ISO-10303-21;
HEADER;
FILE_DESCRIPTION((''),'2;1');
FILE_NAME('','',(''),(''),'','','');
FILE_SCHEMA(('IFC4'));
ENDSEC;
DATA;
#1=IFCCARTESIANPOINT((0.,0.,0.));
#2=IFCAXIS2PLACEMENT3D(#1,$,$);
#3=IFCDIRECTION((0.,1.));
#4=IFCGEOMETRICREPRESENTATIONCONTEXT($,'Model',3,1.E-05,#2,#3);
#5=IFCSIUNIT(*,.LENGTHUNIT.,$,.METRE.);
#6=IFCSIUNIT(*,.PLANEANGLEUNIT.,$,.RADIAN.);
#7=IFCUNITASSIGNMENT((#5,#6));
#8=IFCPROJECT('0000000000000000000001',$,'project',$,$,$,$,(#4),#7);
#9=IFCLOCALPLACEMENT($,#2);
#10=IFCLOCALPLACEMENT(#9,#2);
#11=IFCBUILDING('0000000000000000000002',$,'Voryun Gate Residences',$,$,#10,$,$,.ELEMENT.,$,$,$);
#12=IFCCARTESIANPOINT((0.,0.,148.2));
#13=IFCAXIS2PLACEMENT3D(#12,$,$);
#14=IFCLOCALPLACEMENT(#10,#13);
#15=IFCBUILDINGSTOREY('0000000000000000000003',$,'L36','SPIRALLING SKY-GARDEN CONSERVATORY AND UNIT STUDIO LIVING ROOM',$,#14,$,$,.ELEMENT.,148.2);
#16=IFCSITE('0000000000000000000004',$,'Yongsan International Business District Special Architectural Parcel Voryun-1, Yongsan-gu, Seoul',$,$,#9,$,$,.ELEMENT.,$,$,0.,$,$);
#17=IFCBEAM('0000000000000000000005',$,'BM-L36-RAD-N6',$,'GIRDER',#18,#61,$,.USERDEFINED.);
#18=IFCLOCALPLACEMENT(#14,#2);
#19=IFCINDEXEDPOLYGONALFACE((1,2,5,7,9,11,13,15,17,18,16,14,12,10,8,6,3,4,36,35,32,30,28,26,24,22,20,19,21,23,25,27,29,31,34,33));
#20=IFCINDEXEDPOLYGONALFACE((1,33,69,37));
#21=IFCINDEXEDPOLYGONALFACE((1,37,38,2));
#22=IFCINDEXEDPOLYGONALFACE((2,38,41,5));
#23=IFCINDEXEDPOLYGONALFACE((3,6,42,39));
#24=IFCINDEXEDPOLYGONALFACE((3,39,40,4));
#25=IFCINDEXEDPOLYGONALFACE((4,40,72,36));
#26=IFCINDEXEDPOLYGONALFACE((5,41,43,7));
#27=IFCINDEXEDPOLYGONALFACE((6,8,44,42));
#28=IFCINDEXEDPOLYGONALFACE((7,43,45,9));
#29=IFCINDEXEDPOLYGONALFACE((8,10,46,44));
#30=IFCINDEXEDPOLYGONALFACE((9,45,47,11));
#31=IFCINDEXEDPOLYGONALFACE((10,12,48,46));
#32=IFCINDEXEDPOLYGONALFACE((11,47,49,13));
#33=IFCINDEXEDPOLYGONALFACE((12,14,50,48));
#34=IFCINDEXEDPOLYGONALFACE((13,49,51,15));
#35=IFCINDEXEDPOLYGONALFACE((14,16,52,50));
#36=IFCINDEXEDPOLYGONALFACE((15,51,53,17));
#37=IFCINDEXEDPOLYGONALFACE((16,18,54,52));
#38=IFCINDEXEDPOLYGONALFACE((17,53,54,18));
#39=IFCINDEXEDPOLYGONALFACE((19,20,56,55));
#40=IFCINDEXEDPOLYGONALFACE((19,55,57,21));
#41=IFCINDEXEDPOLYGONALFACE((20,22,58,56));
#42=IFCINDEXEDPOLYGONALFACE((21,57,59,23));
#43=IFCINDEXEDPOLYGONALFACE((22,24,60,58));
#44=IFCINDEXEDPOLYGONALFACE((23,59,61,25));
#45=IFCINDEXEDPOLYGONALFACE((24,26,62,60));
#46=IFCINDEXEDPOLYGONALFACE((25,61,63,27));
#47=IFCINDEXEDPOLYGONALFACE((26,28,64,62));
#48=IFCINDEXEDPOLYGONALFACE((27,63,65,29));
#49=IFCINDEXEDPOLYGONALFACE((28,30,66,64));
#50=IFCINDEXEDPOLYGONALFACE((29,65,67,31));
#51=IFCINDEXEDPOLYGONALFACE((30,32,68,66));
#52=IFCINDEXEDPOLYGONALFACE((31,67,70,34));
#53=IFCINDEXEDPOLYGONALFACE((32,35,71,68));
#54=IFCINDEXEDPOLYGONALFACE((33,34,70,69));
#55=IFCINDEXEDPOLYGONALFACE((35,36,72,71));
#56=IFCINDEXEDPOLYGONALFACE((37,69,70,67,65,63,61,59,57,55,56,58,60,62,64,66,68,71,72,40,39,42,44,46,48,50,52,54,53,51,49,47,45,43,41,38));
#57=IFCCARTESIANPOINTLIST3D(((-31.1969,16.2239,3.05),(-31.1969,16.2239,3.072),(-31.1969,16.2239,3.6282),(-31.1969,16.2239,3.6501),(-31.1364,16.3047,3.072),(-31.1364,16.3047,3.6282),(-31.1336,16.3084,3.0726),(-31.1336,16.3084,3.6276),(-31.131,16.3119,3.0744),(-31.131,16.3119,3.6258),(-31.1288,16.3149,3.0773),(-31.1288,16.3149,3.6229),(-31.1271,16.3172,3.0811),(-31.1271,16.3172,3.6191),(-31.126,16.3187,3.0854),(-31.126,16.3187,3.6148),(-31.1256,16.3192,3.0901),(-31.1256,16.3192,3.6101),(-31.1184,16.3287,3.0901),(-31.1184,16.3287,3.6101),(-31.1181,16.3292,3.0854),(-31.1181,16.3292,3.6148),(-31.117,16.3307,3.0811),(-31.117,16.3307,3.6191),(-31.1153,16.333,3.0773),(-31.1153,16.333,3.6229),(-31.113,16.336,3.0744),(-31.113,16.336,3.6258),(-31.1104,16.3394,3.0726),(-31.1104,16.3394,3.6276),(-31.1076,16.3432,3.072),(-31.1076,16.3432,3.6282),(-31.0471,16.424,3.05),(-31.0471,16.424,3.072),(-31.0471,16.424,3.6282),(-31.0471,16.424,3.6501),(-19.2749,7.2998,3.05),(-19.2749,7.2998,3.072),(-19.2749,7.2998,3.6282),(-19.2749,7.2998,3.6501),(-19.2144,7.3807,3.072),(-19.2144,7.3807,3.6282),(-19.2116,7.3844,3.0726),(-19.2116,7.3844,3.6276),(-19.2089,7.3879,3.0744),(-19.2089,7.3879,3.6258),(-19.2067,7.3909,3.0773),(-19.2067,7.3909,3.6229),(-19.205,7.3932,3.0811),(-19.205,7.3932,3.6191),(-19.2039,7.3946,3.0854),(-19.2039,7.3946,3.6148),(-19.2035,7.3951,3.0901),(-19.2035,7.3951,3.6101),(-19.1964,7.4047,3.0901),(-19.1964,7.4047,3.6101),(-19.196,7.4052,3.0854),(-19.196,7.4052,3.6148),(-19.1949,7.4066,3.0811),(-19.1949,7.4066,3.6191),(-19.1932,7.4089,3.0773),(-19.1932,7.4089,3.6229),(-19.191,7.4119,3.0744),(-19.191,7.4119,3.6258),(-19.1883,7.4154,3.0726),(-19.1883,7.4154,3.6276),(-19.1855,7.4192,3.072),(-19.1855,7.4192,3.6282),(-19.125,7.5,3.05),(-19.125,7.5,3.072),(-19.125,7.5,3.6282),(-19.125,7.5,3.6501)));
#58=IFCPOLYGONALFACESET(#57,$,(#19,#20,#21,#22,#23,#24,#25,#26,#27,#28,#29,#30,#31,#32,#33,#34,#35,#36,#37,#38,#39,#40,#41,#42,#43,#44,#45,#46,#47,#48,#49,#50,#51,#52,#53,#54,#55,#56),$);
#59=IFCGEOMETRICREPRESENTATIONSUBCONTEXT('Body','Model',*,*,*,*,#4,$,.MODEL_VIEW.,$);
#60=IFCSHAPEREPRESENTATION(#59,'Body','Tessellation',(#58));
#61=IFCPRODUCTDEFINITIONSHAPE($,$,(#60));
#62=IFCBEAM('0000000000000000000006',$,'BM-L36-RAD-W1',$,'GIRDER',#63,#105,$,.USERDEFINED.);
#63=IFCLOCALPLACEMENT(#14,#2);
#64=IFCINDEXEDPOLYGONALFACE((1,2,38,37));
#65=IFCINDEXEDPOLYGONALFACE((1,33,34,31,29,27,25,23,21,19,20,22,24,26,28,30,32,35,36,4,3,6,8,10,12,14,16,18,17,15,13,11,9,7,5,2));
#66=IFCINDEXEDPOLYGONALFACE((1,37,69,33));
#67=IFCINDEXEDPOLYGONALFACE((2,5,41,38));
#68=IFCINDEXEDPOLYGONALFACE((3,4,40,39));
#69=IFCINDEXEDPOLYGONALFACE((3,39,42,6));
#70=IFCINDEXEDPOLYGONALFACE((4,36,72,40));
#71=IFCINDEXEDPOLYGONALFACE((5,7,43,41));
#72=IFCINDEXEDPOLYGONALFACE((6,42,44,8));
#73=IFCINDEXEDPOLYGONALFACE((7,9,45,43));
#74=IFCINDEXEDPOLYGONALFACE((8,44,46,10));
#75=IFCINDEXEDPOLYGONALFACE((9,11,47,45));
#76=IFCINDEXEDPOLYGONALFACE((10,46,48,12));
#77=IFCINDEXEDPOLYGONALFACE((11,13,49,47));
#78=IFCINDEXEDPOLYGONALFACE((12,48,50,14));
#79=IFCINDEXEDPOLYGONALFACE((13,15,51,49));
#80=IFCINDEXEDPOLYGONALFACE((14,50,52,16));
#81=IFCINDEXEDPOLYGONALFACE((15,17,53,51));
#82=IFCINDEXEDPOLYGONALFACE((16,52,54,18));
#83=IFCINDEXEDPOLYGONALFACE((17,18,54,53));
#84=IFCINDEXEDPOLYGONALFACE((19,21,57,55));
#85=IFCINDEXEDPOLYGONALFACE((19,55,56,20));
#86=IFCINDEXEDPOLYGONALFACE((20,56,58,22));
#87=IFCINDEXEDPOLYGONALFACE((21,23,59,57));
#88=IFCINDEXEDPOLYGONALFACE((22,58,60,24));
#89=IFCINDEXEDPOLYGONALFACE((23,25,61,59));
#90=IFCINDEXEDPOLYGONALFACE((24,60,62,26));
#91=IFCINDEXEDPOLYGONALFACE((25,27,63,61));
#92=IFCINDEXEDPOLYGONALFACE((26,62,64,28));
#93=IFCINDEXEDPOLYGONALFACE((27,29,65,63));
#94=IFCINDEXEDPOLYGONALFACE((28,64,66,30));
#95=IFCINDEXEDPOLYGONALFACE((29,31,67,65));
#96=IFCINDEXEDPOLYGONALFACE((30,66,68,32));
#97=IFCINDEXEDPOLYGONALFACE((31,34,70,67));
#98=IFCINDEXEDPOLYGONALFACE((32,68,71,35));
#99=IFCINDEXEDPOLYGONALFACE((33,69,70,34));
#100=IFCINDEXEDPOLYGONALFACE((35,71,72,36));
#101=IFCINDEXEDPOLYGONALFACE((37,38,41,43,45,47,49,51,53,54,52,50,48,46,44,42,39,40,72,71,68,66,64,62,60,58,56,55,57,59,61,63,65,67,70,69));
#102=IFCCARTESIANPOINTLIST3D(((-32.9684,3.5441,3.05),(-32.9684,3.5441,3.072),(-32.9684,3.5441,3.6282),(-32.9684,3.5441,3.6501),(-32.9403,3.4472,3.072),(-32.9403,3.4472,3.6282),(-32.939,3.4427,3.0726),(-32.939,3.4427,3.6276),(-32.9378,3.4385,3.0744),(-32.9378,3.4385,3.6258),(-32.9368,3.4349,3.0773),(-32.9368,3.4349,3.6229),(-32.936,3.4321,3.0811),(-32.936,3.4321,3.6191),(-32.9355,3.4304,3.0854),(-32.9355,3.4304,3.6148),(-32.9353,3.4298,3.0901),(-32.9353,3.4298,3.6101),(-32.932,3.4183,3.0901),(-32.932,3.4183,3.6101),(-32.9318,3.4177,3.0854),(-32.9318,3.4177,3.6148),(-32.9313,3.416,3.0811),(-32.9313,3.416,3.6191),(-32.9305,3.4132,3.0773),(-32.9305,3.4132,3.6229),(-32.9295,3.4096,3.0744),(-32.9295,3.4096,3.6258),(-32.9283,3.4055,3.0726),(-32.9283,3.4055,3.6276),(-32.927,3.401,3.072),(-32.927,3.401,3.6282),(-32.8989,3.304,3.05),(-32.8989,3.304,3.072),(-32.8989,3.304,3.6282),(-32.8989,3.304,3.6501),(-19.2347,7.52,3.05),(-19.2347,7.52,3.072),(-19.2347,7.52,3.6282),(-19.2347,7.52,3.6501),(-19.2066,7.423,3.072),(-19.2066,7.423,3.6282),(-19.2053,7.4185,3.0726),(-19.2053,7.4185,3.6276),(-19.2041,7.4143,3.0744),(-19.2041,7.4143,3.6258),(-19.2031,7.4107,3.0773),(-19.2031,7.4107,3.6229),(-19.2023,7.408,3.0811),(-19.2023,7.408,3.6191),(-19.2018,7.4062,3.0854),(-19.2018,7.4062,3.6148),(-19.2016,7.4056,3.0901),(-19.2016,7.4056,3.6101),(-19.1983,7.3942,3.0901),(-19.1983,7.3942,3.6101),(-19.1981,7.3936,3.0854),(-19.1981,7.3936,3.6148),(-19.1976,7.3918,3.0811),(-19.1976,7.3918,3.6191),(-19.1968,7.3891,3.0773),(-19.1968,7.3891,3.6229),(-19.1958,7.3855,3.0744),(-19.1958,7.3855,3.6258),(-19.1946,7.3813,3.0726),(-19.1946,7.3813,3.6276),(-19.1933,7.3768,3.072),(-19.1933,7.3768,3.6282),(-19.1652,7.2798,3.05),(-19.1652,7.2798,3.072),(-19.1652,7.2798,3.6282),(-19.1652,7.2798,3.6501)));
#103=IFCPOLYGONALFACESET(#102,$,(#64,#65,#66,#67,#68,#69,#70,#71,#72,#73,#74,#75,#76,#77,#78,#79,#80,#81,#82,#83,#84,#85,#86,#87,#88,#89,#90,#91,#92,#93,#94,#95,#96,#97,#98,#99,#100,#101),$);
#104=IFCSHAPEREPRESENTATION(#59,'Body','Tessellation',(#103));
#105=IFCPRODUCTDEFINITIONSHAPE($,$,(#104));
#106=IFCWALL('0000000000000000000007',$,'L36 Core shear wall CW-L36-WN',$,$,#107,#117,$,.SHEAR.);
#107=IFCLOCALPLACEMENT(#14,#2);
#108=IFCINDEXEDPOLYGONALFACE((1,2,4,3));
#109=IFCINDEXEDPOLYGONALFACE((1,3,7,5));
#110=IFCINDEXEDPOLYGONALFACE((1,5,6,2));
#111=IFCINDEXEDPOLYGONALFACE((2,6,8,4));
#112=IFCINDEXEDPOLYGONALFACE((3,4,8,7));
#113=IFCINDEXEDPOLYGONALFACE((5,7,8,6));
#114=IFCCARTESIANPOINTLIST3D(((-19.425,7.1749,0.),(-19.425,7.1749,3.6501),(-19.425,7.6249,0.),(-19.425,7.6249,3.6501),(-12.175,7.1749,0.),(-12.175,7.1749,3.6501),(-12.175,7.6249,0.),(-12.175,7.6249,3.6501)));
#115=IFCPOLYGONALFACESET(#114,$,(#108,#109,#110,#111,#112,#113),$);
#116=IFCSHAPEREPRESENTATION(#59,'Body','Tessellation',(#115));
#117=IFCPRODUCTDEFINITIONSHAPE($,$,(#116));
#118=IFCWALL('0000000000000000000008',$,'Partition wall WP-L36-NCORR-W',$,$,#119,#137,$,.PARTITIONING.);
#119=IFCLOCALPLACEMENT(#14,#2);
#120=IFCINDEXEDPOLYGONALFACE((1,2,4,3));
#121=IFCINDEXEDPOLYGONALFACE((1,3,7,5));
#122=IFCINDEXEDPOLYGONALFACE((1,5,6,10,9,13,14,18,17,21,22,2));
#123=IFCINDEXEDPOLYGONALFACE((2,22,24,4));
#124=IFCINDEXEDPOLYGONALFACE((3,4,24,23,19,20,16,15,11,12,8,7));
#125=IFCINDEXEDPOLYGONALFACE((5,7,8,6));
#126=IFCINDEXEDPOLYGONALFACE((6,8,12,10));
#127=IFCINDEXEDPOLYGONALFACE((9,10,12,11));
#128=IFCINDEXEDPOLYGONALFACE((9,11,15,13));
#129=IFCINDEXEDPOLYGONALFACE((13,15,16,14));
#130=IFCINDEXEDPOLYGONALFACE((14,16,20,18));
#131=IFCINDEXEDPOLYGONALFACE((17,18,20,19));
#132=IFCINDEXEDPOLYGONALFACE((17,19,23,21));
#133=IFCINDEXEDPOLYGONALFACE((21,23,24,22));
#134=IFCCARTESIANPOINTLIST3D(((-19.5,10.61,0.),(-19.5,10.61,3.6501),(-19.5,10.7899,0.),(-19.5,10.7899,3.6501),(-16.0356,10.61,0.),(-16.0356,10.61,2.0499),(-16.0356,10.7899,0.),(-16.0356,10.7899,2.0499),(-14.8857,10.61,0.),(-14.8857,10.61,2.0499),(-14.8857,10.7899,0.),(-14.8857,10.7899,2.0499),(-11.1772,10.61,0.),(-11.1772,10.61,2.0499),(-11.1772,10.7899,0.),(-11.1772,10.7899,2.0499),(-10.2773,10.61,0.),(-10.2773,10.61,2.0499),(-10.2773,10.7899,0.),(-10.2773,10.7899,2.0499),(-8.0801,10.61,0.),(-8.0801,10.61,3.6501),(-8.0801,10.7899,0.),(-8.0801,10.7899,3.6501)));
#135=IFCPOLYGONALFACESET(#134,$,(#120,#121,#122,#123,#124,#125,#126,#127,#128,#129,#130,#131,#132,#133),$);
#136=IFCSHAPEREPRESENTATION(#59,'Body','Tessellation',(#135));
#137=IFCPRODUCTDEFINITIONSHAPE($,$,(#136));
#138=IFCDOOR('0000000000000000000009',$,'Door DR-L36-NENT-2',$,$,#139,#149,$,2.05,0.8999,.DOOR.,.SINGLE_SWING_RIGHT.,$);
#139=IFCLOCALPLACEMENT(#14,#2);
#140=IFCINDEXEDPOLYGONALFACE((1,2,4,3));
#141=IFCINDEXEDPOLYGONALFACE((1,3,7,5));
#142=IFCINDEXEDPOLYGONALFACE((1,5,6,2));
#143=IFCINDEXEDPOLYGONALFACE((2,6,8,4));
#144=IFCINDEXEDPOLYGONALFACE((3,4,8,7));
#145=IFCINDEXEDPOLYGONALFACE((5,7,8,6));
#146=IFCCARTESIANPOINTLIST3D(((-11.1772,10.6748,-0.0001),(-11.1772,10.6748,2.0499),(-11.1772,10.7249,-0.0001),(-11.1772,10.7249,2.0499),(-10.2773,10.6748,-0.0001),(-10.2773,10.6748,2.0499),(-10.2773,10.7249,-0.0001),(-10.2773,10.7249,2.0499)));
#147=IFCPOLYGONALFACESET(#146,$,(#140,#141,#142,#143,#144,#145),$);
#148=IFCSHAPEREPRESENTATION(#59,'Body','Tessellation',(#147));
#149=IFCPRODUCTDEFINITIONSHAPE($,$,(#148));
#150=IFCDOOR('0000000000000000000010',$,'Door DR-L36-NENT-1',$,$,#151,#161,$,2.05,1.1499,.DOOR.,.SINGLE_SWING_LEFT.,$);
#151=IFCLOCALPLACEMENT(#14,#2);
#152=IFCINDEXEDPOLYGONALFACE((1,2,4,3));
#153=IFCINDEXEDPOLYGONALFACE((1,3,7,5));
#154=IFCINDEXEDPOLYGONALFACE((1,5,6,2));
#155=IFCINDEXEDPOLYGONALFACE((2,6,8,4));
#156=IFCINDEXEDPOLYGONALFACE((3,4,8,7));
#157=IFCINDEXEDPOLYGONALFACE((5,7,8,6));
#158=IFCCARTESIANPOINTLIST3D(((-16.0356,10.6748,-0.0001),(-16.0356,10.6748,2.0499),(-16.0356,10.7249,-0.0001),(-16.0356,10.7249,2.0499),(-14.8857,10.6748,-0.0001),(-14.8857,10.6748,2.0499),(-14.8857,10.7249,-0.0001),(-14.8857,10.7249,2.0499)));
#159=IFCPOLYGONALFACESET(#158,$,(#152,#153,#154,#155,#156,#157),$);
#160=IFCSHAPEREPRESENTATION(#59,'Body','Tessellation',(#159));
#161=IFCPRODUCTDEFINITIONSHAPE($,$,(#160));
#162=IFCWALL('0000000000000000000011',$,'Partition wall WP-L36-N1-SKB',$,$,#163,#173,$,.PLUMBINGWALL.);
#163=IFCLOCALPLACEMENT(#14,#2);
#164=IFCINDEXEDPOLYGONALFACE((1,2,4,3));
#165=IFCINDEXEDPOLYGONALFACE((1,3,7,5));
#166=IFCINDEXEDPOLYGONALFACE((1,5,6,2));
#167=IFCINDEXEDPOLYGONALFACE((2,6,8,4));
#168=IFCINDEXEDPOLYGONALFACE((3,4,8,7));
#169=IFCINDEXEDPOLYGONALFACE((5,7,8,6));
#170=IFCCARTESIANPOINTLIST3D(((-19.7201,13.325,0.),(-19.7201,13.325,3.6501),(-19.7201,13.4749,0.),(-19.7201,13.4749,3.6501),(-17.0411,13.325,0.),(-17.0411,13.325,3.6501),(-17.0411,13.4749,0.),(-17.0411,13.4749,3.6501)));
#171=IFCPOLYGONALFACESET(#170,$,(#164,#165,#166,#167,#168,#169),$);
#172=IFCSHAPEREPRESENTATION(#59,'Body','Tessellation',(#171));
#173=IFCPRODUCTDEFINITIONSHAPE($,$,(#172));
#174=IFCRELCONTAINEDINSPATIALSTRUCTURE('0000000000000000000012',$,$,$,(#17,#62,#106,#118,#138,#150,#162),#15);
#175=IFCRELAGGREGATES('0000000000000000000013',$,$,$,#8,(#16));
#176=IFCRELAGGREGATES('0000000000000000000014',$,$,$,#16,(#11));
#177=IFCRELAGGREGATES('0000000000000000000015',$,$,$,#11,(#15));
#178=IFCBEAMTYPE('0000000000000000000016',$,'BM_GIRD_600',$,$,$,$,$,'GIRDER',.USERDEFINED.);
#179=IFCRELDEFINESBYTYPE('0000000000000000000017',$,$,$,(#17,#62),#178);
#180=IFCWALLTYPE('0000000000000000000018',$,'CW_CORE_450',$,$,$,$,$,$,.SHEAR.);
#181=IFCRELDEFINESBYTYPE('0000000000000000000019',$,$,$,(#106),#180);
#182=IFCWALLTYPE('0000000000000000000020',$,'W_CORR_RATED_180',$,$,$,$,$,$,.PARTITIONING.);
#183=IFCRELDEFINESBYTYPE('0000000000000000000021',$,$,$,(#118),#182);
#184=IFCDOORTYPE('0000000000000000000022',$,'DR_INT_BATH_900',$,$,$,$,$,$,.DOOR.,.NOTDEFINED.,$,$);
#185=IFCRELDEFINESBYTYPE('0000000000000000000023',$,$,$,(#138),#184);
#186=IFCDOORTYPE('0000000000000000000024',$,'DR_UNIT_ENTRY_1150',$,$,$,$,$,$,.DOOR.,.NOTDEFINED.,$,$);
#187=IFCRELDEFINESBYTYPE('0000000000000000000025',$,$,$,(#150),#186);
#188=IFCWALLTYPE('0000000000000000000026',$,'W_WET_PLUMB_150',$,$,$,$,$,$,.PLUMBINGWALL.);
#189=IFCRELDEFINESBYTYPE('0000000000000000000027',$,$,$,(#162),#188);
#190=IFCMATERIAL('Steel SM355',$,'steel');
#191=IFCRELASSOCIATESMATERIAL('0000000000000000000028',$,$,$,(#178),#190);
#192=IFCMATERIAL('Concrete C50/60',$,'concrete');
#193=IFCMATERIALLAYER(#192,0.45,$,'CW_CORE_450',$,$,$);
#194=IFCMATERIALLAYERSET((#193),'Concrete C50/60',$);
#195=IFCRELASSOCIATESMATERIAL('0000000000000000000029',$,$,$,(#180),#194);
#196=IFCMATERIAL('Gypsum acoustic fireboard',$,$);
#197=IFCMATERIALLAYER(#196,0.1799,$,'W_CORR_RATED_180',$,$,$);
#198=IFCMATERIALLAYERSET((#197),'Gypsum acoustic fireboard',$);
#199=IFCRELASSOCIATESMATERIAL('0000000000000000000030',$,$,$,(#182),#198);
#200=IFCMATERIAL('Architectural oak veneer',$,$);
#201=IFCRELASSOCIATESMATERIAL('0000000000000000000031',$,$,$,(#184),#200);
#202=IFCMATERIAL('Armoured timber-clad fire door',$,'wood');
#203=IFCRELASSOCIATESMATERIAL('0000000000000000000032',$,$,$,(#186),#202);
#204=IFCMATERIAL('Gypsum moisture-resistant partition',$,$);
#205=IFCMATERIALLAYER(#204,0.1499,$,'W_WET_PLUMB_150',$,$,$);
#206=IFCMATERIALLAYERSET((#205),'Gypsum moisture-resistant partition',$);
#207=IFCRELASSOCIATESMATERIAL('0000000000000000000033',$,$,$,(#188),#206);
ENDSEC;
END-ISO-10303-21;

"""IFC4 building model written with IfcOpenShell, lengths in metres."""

from ifc_helpers import new_model, si_unit, direction, frame, frame_2d, origin, origin_2d, place, context, subcontext, project, spatial, rectangle, i_section, extrude, material, layer, layer_set, material_profile, profile_set, type_object, element, fill, save


model = new_model("IFC4")

# Units and contexts
model_context = context("Model", 3, precision=1e-05, world=origin(), true_north=direction((0.0, 1.0)))
body_context = subcontext(model_context, "Body", "Model", "MODEL_VIEW")
ifc_project = project(units=[si_unit("LENGTHUNIT", "METRE"), si_unit("PLANEANGLEUNIT", "RADIAN")], contexts=[model_context])

# Site, building, storey
site_placement = place(None, origin())
site = spatial("IfcSite", under=ifc_project, at=site_placement, Name="Yongsan International Business District Special Architectural Parcel Voryun-1, Yongsan-gu, Seoul", CompositionType="ELEMENT", RefElevation=0.0)
building_placement = place(site_placement, origin())
building = spatial("IfcBuilding", under=site, at=building_placement, Name="Voryun Gate Residences", CompositionType="ELEMENT")
storey_placement = place(building_placement, frame((0.0, 0.0, 148.2)))
storey = spatial("IfcBuildingStorey", under=building, at=storey_placement, Name="L36", Description="SPIRALLING SKY-GARDEN CONSERVATORY AND UNIT STUDIO LIVING ROOM", CompositionType="ELEMENT", Elevation=148.2)

# Beams
ifc_material_1 = material(Name="Steel SM355", Category="steel")
ifc_material_profile_1 = material_profile(ifc_material_1, i_section(OverallWidth=0.25, OverallDepth=0.6001, WebThickness=0.012, FlangeThickness=0.022, FilletRadius=0.0181, at=origin_2d()), Name="H-600x250x12x22")
ifc_profile_set_1 = profile_set([ifc_material_profile_1], Name="Steel SM355")
beam_type_1 = type_object("IfcBeamType", Name="BM_GIRD_600", ElementType="GIRDER", PredefinedType="USERDEFINED", material=ifc_profile_set_1)
beam_1_placement = place(storey_placement, frame((-19.2, 7.3999, 3.3501), z_axis=(-0.800564, 0.599247, 0.0), x_axis=(-0.599247, -0.800564, 0.0)))
element("IfcBeam", 1, at=beam_1_placement, inside=storey, type_object=beam_type_1, Name="BM-L36-RAD-N6", ObjectType="GIRDER", PredefinedType="USERDEFINED", context=body_context, shape_type="SweptSolid", body=[
    extrude(i_section(OverallWidth=0.25, OverallDepth=0.6001, WebThickness=0.012, FlangeThickness=0.022, FilletRadius=0.0181, at=origin_2d()), origin(), (0.0, 0.0, 1.0), 14.8921),
])
beam_2_placement = place(storey_placement, frame((-19.2, 7.3999, 3.3501), z_axis=(-0.960559, -0.278078, 0.0), x_axis=(0.278078, -0.960559, 0.0)))
element("IfcBeam", 2, at=beam_2_placement, inside=storey, type_object=beam_type_1, Name="BM-L36-RAD-W1", ObjectType="GIRDER", PredefinedType="USERDEFINED", context=body_context, shape_type="SweptSolid", body=[
    extrude(i_section(OverallWidth=0.25, OverallDepth=0.6001, WebThickness=0.012, FlangeThickness=0.022, FilletRadius=0.0181, at=origin_2d()), origin(), (0.0, 0.0, 1.0), 14.2976),
])

# Wall
ifc_material_2 = material(Name="Concrete C50/60", Category="concrete")
ifc_layer_1 = layer(ifc_material_2, 0.45, Name="CW_CORE_450")
ifc_layer_set_1 = layer_set([ifc_layer_1], Name="Concrete C50/60")
wall_type_1 = type_object("IfcWallType", Name="CW_CORE_450", PredefinedType="SHEAR", material=ifc_layer_set_1)
wall_1_placement = place(storey_placement, frame((-19.425, 7.3999, 0.0), z_axis=(0.0, 0.0, 1.0), x_axis=(1.0, 0.0, 0.0)))
element("IfcWall", 3, at=wall_1_placement, inside=storey, type_object=wall_type_1, Name="L36 Core shear wall CW-L36-WN", PredefinedType="SHEAR", context=body_context, shape_type="SweptSolid", body=[
    extrude(rectangle(XDim=7.25, YDim=0.45, at=frame_2d((3.625, 0.0))), origin(), (0.0, 0.0, 1.0), 3.6501),
])

# Wall, openings, doors
ifc_material_3 = material(Name="Gypsum acoustic fireboard")
ifc_layer_2 = layer(ifc_material_3, 0.1799, Name="W_CORR_RATED_180")
ifc_layer_set_2 = layer_set([ifc_layer_2], Name="Gypsum acoustic fireboard")
wall_type_2 = type_object("IfcWallType", Name="W_CORR_RATED_180", PredefinedType="PARTITIONING", material=ifc_layer_set_2)
wall_2_placement = place(storey_placement, frame((-19.5, 10.7, 0.0), z_axis=(0.0, 0.0, 1.0), x_axis=(1.0, 0.0, 0.0)))
wall_2 = element("IfcWall", 4, at=wall_2_placement, inside=storey, type_object=wall_type_2, Name="Partition wall WP-L36-NCORR-W", PredefinedType="PARTITIONING", context=body_context, shape_type="SweptSolid", body=[
    extrude(rectangle(XDim=11.4199, YDim=0.1799, at=frame_2d((5.71, 0.0))), origin(), (0.0, 0.0, 1.0), 3.6501),
])
opening_1_placement = place(wall_2_placement, frame((3.4644, 0.0, 0.0)))
opening_1 = element("IfcOpeningElement", 5, at=opening_1_placement, cuts=wall_2, PredefinedType="OPENING", context=body_context, shape_type="SweptSolid", body=[
    extrude(rectangle(XDim=1.1499, YDim=2.05, at=frame_2d((0.575, 1.0249))), frame((0.0, 0.0999, 0.0), z_axis=(0.0, -1.0, 0.0), x_axis=(1.0, 0.0, 0.0)), (0.0, 0.0, 1.0), 0.2),
])
opening_2_placement = place(wall_2_placement, frame((8.3228, 0.0, 0.0)))
opening_2 = element("IfcOpeningElement", 6, at=opening_2_placement, cuts=wall_2, PredefinedType="OPENING", context=body_context, shape_type="SweptSolid", body=[
    extrude(rectangle(XDim=0.8999, YDim=2.05, at=frame_2d((0.45, 1.0249))), frame((0.0, 0.0999, 0.0), z_axis=(0.0, -1.0, 0.0), x_axis=(1.0, 0.0, 0.0)), (0.0, 0.0, 1.0), 0.2),
])
ifc_material_4 = material(Name="Architectural oak veneer")
door_type_1 = type_object("IfcDoorType", Name="DR_INT_BATH_900", OperationType="NOTDEFINED", PredefinedType="DOOR", material=ifc_material_4)
door_1_placement = place(opening_2_placement, origin())
door_1 = element("IfcDoor", 7, at=door_1_placement, inside=storey, type_object=door_type_1, Name="Door DR-L36-NENT-2", OperationType="SINGLE_SWING_RIGHT", OverallHeight=2.05, OverallWidth=0.8999, PredefinedType="DOOR", context=body_context, shape_type="SweptSolid", body=[
    extrude(rectangle(XDim=0.8999, YDim=2.05, at=frame_2d((0.45, 1.0249))), frame((0.0, 0.0249, 0.0), z_axis=(0.0, -1.0, 0.0), x_axis=(1.0, 0.0, 0.0)), (0.0, 0.0, 1.0), 0.05),
])
fill(opening_2, door_1)
ifc_material_5 = material(Name="Armoured timber-clad fire door", Category="wood")
door_type_2 = type_object("IfcDoorType", Name="DR_UNIT_ENTRY_1150", OperationType="NOTDEFINED", PredefinedType="DOOR", material=ifc_material_5)
door_2_placement = place(opening_1_placement, origin())
door_2 = element("IfcDoor", 8, at=door_2_placement, inside=storey, type_object=door_type_2, Name="Door DR-L36-NENT-1", OperationType="SINGLE_SWING_LEFT", OverallHeight=2.05, OverallWidth=1.1499, PredefinedType="DOOR", context=body_context, shape_type="SweptSolid", body=[
    extrude(rectangle(XDim=1.1499, YDim=2.05, at=frame_2d((0.575, 1.0249))), frame((0.0, 0.0249, 0.0), z_axis=(0.0, -1.0, 0.0), x_axis=(1.0, 0.0, 0.0)), (0.0, 0.0, 1.0), 0.05),
])
fill(opening_1, door_2)

# Wall
ifc_material_6 = material(Name="Gypsum moisture-resistant partition")
ifc_layer_3 = layer(ifc_material_6, 0.1499, Name="W_WET_PLUMB_150")
ifc_layer_set_3 = layer_set([ifc_layer_3], Name="Gypsum moisture-resistant partition")
wall_type_3 = type_object("IfcWallType", Name="W_WET_PLUMB_150", PredefinedType="PLUMBINGWALL", material=ifc_layer_set_3)
wall_3_placement = place(storey_placement, frame((-19.72, 13.3999, 0.0), z_axis=(0.0, 0.0, 1.0), x_axis=(1.0, 0.0, 0.0)))
element("IfcWall", 9, at=wall_3_placement, inside=storey, type_object=wall_type_3, Name="Partition wall WP-L36-N1-SKB", PredefinedType="PLUMBINGWALL", context=body_context, shape_type="SweptSolid", body=[
    extrude(rectangle(XDim=2.679, YDim=0.1499, at=frame_2d((1.3394, 0.0))), origin(), (0.0, 0.0, 1.0), 3.6501),
])

save(model, "model.ifc")
